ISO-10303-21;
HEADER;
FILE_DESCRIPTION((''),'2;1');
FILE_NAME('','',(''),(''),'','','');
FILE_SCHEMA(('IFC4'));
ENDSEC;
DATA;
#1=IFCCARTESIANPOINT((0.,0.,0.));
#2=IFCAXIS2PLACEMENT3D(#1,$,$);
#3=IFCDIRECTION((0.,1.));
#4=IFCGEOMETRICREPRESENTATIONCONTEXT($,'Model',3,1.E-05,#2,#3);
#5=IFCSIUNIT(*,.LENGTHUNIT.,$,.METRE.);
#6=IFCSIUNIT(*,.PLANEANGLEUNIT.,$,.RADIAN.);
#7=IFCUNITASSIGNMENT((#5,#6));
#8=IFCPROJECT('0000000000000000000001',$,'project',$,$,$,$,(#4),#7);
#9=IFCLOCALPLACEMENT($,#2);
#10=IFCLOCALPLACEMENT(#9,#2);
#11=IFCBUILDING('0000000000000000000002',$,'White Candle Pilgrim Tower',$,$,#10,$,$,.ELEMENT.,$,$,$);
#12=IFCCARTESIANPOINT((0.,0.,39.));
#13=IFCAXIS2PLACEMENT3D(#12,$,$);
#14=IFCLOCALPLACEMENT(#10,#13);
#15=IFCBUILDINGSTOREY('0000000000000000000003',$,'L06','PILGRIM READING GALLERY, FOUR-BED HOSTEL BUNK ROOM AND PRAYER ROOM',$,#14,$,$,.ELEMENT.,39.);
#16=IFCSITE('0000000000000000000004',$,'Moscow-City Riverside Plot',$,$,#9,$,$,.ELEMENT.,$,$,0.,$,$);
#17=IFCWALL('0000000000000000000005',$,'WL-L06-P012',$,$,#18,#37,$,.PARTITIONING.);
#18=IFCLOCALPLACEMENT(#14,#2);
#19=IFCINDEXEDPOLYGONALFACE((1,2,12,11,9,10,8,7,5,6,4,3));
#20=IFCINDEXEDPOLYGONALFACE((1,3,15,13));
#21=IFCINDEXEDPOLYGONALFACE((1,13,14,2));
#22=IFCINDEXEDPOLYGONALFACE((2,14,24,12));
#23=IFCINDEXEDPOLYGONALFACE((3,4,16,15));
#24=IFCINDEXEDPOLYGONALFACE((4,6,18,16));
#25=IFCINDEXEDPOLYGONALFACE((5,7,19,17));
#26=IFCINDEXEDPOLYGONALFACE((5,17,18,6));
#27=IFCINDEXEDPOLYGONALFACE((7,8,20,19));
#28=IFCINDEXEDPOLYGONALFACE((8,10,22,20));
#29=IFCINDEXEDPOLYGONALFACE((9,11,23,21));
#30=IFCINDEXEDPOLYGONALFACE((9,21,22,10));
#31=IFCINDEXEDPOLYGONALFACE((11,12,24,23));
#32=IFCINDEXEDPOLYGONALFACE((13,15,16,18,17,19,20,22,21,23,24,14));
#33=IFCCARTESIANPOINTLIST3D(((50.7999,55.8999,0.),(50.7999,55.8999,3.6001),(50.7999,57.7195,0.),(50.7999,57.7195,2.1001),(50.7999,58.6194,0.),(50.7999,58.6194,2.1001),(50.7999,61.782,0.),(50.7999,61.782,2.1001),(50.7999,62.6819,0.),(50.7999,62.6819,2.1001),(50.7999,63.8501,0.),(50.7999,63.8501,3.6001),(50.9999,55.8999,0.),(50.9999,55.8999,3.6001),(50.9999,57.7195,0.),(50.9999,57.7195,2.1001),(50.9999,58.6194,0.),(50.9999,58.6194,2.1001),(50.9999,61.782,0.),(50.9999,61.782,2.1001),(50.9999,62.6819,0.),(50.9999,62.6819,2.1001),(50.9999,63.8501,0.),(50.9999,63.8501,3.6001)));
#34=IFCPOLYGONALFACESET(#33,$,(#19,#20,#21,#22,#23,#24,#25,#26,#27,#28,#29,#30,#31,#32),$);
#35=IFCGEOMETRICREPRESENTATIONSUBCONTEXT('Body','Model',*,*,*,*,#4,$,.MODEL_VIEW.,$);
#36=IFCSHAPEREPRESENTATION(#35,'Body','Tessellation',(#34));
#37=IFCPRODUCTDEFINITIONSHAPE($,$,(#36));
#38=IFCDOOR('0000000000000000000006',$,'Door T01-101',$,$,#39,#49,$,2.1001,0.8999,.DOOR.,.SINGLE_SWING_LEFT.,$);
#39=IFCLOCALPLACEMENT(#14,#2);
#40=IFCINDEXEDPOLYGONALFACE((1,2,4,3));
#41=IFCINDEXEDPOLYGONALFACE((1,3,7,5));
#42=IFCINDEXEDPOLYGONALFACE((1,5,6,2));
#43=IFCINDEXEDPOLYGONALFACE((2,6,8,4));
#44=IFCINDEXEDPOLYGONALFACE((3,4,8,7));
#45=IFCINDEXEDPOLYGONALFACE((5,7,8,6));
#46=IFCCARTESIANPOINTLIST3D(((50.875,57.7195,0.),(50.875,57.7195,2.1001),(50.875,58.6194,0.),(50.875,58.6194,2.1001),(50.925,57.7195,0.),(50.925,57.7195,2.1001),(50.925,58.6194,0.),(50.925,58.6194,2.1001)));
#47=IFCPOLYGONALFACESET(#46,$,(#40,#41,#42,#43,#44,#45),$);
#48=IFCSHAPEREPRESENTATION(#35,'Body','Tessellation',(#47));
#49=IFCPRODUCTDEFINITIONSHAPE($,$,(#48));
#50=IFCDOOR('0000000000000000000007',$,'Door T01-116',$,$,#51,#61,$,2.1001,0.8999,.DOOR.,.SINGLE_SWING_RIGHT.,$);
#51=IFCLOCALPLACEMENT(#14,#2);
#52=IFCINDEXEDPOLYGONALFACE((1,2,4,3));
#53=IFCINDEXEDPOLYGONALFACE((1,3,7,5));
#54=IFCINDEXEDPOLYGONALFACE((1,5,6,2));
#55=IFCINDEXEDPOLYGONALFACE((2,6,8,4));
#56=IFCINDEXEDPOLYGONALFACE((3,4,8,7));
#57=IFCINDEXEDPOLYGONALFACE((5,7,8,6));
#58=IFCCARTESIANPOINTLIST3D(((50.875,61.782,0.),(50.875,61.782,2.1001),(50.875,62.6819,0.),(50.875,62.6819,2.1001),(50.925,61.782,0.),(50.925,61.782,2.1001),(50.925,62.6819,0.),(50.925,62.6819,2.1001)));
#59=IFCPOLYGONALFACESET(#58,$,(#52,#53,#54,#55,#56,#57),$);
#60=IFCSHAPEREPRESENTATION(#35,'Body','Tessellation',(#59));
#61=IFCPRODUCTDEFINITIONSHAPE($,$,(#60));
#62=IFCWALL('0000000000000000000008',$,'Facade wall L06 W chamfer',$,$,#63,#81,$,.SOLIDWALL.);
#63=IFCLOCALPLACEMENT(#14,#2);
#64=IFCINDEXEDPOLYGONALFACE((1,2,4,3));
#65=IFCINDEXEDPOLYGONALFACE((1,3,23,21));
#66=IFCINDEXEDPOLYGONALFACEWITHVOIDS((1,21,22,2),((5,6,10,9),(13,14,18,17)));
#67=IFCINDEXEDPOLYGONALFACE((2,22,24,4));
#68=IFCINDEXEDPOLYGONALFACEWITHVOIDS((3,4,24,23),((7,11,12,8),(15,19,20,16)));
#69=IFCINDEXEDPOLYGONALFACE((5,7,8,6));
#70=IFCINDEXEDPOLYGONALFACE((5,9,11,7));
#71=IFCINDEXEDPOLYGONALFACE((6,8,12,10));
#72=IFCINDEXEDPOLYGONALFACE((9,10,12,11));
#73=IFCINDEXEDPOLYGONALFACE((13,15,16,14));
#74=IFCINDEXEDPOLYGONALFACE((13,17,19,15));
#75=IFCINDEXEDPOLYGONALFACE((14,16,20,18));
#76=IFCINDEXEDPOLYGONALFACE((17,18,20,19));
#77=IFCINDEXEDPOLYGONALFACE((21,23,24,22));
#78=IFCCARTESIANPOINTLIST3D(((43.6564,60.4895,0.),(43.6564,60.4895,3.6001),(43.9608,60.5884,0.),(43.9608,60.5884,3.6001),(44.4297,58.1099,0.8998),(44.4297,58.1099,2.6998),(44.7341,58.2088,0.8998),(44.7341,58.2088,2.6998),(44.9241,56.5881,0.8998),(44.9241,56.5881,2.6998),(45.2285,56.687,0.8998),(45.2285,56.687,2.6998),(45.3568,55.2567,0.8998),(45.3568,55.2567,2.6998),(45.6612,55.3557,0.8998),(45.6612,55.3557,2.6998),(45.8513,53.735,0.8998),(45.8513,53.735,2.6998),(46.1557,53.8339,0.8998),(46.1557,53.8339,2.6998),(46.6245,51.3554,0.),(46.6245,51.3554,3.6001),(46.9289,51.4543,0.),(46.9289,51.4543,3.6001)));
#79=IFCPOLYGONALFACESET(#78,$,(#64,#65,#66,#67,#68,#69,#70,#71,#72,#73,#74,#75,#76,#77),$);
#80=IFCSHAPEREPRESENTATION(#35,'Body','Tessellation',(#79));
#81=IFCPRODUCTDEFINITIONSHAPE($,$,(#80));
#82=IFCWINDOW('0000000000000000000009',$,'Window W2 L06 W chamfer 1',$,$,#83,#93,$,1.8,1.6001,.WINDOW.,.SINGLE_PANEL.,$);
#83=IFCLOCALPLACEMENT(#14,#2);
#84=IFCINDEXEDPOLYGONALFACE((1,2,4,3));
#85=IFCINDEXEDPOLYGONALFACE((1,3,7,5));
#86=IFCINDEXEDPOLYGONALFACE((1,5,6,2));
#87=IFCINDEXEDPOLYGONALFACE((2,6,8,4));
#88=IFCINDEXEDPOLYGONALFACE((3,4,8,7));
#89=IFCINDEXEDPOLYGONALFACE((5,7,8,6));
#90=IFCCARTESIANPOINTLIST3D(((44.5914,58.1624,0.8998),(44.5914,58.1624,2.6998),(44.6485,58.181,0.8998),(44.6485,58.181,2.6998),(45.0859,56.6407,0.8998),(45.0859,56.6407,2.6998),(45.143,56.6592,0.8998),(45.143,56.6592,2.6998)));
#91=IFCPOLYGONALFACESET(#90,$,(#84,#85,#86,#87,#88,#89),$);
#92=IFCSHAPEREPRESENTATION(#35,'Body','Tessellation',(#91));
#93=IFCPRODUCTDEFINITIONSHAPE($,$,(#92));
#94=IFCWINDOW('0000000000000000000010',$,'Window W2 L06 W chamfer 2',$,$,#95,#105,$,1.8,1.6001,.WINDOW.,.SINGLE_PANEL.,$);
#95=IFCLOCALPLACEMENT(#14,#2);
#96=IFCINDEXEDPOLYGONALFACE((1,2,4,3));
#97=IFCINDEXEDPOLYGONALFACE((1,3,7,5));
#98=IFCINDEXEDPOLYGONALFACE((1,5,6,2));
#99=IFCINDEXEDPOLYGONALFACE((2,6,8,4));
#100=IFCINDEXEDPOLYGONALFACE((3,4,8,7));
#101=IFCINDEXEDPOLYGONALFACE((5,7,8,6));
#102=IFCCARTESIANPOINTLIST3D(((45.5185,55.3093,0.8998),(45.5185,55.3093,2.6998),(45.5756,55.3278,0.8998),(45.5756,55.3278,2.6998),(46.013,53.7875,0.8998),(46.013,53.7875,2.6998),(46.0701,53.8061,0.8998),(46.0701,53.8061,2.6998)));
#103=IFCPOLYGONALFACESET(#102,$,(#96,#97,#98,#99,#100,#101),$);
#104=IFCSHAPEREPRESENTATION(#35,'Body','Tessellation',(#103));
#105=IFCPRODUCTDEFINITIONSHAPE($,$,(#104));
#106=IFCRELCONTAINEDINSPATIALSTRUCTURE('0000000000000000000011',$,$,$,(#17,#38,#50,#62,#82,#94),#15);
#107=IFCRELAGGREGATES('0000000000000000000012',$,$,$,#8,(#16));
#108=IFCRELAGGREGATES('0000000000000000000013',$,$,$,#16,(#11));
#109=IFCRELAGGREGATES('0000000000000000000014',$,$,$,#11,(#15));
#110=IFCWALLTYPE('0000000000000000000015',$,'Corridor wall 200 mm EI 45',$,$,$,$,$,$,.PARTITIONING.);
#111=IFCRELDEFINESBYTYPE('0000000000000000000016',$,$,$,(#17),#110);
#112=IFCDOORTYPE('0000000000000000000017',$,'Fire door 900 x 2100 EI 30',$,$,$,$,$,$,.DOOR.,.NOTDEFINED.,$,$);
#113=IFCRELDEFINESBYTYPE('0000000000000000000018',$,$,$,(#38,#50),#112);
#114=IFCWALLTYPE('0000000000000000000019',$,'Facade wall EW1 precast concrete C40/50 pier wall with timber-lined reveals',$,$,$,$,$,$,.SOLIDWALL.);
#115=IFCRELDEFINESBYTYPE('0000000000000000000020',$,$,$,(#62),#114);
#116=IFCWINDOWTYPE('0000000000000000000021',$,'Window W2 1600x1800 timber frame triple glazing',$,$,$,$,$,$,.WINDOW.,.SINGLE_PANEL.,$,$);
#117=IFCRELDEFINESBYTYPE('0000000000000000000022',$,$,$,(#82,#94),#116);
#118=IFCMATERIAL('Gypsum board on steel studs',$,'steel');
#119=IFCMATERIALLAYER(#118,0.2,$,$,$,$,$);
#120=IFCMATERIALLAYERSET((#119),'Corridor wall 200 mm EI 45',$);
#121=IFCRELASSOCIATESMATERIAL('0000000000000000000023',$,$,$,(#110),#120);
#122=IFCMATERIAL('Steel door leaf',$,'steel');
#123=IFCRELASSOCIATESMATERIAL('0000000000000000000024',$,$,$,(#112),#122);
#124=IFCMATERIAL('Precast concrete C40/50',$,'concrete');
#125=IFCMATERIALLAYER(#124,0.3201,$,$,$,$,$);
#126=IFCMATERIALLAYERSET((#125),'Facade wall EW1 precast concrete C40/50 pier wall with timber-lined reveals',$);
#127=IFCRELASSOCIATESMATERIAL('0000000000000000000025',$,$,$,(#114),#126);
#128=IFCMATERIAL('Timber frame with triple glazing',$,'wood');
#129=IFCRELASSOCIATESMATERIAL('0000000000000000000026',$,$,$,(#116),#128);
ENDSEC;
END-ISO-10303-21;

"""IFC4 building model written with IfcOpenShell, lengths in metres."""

from ifc_helpers import new_model, si_unit, direction, frame, frame_2d, origin, place, context, subcontext, project, spatial, rectangle, extrude, material, layer, layer_set, type_object, element, fill, save


model = new_model("IFC4")

# Units and contexts
model_context = context("Model", 3, precision=1e-05, world=origin(), true_north=direction((0.0, 1.0)))
body_context = subcontext(model_context, "Body", "Model", "MODEL_VIEW")
ifc_project = project(units=[si_unit("LENGTHUNIT", "METRE"), si_unit("PLANEANGLEUNIT", "RADIAN")], contexts=[model_context])

# Site, building, storey
site_placement = place(None, origin())
site = spatial("IfcSite", under=ifc_project, at=site_placement, Name="Moscow-City Riverside Plot", CompositionType="ELEMENT", RefElevation=0.0)
building_placement = place(site_placement, origin())
building = spatial("IfcBuilding", under=site, at=building_placement, Name="White Candle Pilgrim Tower", CompositionType="ELEMENT")
storey_placement = place(building_placement, frame((0.0, 0.0, 39.0)))
storey = spatial("IfcBuildingStorey", under=building, at=storey_placement, Name="L06", Description="PILGRIM READING GALLERY, FOUR-BED HOSTEL BUNK ROOM AND PRAYER ROOM", CompositionType="ELEMENT", Elevation=39.0)

# Wall, openings, doors
ifc_material_1 = material(Name="Gypsum board on steel studs", Category="steel")
ifc_layer_1 = layer(ifc_material_1, 0.2)
ifc_layer_set_1 = layer_set([ifc_layer_1], Name="Corridor wall 200 mm EI 45")
wall_type_1 = type_object("IfcWallType", Name="Corridor wall 200 mm EI 45", PredefinedType="PARTITIONING", material=ifc_layer_set_1)
wall_1_placement = place(storey_placement, frame((50.8999, 55.8999, 0.0), z_axis=(0.0, 0.0, 1.0), x_axis=(0.0, 1.0, 0.0)))
wall_1 = element("IfcWall", 1, at=wall_1_placement, inside=storey, type_object=wall_type_1, Name="WL-L06-P012", PredefinedType="PARTITIONING", context=body_context, shape_type="SweptSolid", body=[
    extrude(rectangle(XDim=7.9502, YDim=0.2, at=frame_2d((3.9751, 0.0))), origin(), (0.0, 0.0, 1.0), 3.6001),
])
opening_1_placement = place(wall_1_placement, frame((1.8196, 0.0, 0.0)))
opening_1 = element("IfcOpeningElement", 2, at=opening_1_placement, cuts=wall_1, PredefinedType="OPENING", context=body_context, shape_type="SweptSolid", body=[
    extrude(rectangle(XDim=0.8999, YDim=2.1001, at=frame_2d((0.45, 1.05))), frame((0.0, 0.1099, 0.0), z_axis=(0.0, -1.0, 0.0), x_axis=(1.0, 0.0, 0.0)), (0.0, 0.0, 1.0), 0.22),
])
opening_2_placement = place(wall_1_placement, frame((5.8821, 0.0, 0.0)))
opening_2 = element("IfcOpeningElement", 3, at=opening_2_placement, cuts=wall_1, PredefinedType="OPENING", context=body_context, shape_type="SweptSolid", body=[
    extrude(rectangle(XDim=0.8999, YDim=2.1001, at=frame_2d((0.45, 1.05))), frame((0.0, 0.1099, 0.0), z_axis=(0.0, -1.0, 0.0), x_axis=(1.0, 0.0, 0.0)), (0.0, 0.0, 1.0), 0.22),
])
ifc_material_2 = material(Name="Steel door leaf", Category="steel")
door_type = type_object("IfcDoorType", Name="Fire door 900 x 2100 EI 30", OperationType="NOTDEFINED", PredefinedType="DOOR", material=ifc_material_2)
door_1_placement = place(opening_1_placement, origin())
door_1 = element("IfcDoor", 4, at=door_1_placement, inside=storey, type_object=door_type, Name="Door T01-101", OperationType="SINGLE_SWING_LEFT", OverallHeight=2.1001, OverallWidth=0.8999, PredefinedType="DOOR", context=body_context, shape_type="SweptSolid", body=[
    extrude(rectangle(XDim=0.8999, YDim=2.1001, at=frame_2d((0.45, 1.05))), frame((0.0, 0.0249, 0.0), z_axis=(0.0, -1.0, 0.0), x_axis=(1.0, 0.0, 0.0)), (0.0, 0.0, 1.0), 0.05),
])
fill(opening_1, door_1)
door_2_placement = place(opening_2_placement, origin())
door_2 = element("IfcDoor", 5, at=door_2_placement, inside=storey, type_object=door_type, Name="Door T01-116", OperationType="SINGLE_SWING_RIGHT", OverallHeight=2.1001, OverallWidth=0.8999, PredefinedType="DOOR", context=body_context, shape_type="SweptSolid", body=[
    extrude(rectangle(XDim=0.8999, YDim=2.1001, at=frame_2d((0.45, 1.05))), frame((0.0, 0.0249, 0.0), z_axis=(0.0, -1.0, 0.0), x_axis=(1.0, 0.0, 0.0)), (0.0, 0.0, 1.0), 0.05),
])
fill(opening_2, door_2)

# Wall, openings, windows
ifc_material_3 = material(Name="Precast concrete C40/50", Category="concrete")
ifc_layer_2 = layer(ifc_material_3, 0.3201)
ifc_layer_set_2 = layer_set([ifc_layer_2], Name="Facade wall EW1 precast concrete C40/50 pier wall with timber-lined reveals")
wall_type_2 = type_object("IfcWallType", Name="Facade wall EW1 precast concrete C40/50 pier wall with timber-lined reveals", PredefinedType="SOLIDWALL", material=ifc_layer_set_2)
wall_2_placement = place(storey_placement, frame((43.8086, 60.5391, 0.0), z_axis=(0.0, 0.0, 1.0), x_axis=(0.309035, -0.951051, 0.0)))
wall_2 = element("IfcWall", 6, at=wall_2_placement, inside=storey, type_object=wall_type_2, Name="Facade wall L06 W chamfer", PredefinedType="SOLIDWALL", context=body_context, shape_type="SweptSolid", body=[
    extrude(rectangle(XDim=9.6042, YDim=0.3201, at=frame_2d((4.8022, 0.0))), origin(), (0.0, 0.0, 1.0), 3.6001),
])
opening_3_placement = place(wall_2_placement, frame((2.5022, 0.0, 0.8999)))
opening_3 = element("IfcOpeningElement", 7, at=opening_3_placement, cuts=wall_2, PredefinedType="OPENING", context=body_context, shape_type="SweptSolid", body=[
    extrude(rectangle(XDim=1.6001, YDim=1.8, at=frame_2d((0.8, 0.8999))), frame((0.0, 0.1699, 0.0), z_axis=(0.0, -1.0, 0.0), x_axis=(1.0, 0.0, 0.0)), (0.0, 0.0, 1.0), 0.3401),
])
opening_4_placement = place(wall_2_placement, frame((5.5022, 0.0, 0.8999)))
opening_4 = element("IfcOpeningElement", 8, at=opening_4_placement, cuts=wall_2, PredefinedType="OPENING", context=body_context, shape_type="SweptSolid", body=[
    extrude(rectangle(XDim=1.6001, YDim=1.8, at=frame_2d((0.8, 0.8999))), frame((0.0, 0.1699, 0.0), z_axis=(0.0, -1.0, 0.0), x_axis=(1.0, 0.0, 0.0)), (0.0, 0.0, 1.0), 0.3401),
])
ifc_material_4 = material(Name="Timber frame with triple glazing", Category="wood")
window_type_1 = type_object("IfcWindowType", Name="Window W2 1600x1800 timber frame triple glazing", PartitioningType="SINGLE_PANEL", PredefinedType="WINDOW", material=ifc_material_4)
window_1_placement = place(opening_3_placement, origin())
window_1 = element("IfcWindow", 9, at=window_1_placement, inside=storey, type_object=window_type_1, Name="Window W2 L06 W chamfer 1", OverallHeight=1.8, OverallWidth=1.6001, PartitioningType="SINGLE_PANEL", PredefinedType="WINDOW", context=body_context, shape_type="SweptSolid", body=[
    extrude(rectangle(XDim=1.6001, YDim=1.8, at=frame_2d((0.8, 0.8999))), frame((0.0, 0.0701, 0.0), z_axis=(0.0, -1.0, 0.0), x_axis=(1.0, 0.0, 0.0)), (0.0, 0.0, 1.0), 0.0601),
])
fill(opening_3, window_1)
window_2_placement = place(opening_4_placement, origin())
window_2 = element("IfcWindow", 10, at=window_2_placement, inside=storey, type_object=window_type_1, Name="Window W2 L06 W chamfer 2", OverallHeight=1.8, OverallWidth=1.6001, PartitioningType="SINGLE_PANEL", PredefinedType="WINDOW", context=body_context, shape_type="SweptSolid", body=[
    extrude(rectangle(XDim=1.6001, YDim=1.8, at=frame_2d((0.8, 0.8999))), frame((0.0, 0.0701, 0.0), z_axis=(0.0, -1.0, 0.0), x_axis=(1.0, 0.0, 0.0)), (0.0, 0.0, 1.0), 0.0601),
])
fill(opening_4, window_2)

save(model, "model.ifc")
